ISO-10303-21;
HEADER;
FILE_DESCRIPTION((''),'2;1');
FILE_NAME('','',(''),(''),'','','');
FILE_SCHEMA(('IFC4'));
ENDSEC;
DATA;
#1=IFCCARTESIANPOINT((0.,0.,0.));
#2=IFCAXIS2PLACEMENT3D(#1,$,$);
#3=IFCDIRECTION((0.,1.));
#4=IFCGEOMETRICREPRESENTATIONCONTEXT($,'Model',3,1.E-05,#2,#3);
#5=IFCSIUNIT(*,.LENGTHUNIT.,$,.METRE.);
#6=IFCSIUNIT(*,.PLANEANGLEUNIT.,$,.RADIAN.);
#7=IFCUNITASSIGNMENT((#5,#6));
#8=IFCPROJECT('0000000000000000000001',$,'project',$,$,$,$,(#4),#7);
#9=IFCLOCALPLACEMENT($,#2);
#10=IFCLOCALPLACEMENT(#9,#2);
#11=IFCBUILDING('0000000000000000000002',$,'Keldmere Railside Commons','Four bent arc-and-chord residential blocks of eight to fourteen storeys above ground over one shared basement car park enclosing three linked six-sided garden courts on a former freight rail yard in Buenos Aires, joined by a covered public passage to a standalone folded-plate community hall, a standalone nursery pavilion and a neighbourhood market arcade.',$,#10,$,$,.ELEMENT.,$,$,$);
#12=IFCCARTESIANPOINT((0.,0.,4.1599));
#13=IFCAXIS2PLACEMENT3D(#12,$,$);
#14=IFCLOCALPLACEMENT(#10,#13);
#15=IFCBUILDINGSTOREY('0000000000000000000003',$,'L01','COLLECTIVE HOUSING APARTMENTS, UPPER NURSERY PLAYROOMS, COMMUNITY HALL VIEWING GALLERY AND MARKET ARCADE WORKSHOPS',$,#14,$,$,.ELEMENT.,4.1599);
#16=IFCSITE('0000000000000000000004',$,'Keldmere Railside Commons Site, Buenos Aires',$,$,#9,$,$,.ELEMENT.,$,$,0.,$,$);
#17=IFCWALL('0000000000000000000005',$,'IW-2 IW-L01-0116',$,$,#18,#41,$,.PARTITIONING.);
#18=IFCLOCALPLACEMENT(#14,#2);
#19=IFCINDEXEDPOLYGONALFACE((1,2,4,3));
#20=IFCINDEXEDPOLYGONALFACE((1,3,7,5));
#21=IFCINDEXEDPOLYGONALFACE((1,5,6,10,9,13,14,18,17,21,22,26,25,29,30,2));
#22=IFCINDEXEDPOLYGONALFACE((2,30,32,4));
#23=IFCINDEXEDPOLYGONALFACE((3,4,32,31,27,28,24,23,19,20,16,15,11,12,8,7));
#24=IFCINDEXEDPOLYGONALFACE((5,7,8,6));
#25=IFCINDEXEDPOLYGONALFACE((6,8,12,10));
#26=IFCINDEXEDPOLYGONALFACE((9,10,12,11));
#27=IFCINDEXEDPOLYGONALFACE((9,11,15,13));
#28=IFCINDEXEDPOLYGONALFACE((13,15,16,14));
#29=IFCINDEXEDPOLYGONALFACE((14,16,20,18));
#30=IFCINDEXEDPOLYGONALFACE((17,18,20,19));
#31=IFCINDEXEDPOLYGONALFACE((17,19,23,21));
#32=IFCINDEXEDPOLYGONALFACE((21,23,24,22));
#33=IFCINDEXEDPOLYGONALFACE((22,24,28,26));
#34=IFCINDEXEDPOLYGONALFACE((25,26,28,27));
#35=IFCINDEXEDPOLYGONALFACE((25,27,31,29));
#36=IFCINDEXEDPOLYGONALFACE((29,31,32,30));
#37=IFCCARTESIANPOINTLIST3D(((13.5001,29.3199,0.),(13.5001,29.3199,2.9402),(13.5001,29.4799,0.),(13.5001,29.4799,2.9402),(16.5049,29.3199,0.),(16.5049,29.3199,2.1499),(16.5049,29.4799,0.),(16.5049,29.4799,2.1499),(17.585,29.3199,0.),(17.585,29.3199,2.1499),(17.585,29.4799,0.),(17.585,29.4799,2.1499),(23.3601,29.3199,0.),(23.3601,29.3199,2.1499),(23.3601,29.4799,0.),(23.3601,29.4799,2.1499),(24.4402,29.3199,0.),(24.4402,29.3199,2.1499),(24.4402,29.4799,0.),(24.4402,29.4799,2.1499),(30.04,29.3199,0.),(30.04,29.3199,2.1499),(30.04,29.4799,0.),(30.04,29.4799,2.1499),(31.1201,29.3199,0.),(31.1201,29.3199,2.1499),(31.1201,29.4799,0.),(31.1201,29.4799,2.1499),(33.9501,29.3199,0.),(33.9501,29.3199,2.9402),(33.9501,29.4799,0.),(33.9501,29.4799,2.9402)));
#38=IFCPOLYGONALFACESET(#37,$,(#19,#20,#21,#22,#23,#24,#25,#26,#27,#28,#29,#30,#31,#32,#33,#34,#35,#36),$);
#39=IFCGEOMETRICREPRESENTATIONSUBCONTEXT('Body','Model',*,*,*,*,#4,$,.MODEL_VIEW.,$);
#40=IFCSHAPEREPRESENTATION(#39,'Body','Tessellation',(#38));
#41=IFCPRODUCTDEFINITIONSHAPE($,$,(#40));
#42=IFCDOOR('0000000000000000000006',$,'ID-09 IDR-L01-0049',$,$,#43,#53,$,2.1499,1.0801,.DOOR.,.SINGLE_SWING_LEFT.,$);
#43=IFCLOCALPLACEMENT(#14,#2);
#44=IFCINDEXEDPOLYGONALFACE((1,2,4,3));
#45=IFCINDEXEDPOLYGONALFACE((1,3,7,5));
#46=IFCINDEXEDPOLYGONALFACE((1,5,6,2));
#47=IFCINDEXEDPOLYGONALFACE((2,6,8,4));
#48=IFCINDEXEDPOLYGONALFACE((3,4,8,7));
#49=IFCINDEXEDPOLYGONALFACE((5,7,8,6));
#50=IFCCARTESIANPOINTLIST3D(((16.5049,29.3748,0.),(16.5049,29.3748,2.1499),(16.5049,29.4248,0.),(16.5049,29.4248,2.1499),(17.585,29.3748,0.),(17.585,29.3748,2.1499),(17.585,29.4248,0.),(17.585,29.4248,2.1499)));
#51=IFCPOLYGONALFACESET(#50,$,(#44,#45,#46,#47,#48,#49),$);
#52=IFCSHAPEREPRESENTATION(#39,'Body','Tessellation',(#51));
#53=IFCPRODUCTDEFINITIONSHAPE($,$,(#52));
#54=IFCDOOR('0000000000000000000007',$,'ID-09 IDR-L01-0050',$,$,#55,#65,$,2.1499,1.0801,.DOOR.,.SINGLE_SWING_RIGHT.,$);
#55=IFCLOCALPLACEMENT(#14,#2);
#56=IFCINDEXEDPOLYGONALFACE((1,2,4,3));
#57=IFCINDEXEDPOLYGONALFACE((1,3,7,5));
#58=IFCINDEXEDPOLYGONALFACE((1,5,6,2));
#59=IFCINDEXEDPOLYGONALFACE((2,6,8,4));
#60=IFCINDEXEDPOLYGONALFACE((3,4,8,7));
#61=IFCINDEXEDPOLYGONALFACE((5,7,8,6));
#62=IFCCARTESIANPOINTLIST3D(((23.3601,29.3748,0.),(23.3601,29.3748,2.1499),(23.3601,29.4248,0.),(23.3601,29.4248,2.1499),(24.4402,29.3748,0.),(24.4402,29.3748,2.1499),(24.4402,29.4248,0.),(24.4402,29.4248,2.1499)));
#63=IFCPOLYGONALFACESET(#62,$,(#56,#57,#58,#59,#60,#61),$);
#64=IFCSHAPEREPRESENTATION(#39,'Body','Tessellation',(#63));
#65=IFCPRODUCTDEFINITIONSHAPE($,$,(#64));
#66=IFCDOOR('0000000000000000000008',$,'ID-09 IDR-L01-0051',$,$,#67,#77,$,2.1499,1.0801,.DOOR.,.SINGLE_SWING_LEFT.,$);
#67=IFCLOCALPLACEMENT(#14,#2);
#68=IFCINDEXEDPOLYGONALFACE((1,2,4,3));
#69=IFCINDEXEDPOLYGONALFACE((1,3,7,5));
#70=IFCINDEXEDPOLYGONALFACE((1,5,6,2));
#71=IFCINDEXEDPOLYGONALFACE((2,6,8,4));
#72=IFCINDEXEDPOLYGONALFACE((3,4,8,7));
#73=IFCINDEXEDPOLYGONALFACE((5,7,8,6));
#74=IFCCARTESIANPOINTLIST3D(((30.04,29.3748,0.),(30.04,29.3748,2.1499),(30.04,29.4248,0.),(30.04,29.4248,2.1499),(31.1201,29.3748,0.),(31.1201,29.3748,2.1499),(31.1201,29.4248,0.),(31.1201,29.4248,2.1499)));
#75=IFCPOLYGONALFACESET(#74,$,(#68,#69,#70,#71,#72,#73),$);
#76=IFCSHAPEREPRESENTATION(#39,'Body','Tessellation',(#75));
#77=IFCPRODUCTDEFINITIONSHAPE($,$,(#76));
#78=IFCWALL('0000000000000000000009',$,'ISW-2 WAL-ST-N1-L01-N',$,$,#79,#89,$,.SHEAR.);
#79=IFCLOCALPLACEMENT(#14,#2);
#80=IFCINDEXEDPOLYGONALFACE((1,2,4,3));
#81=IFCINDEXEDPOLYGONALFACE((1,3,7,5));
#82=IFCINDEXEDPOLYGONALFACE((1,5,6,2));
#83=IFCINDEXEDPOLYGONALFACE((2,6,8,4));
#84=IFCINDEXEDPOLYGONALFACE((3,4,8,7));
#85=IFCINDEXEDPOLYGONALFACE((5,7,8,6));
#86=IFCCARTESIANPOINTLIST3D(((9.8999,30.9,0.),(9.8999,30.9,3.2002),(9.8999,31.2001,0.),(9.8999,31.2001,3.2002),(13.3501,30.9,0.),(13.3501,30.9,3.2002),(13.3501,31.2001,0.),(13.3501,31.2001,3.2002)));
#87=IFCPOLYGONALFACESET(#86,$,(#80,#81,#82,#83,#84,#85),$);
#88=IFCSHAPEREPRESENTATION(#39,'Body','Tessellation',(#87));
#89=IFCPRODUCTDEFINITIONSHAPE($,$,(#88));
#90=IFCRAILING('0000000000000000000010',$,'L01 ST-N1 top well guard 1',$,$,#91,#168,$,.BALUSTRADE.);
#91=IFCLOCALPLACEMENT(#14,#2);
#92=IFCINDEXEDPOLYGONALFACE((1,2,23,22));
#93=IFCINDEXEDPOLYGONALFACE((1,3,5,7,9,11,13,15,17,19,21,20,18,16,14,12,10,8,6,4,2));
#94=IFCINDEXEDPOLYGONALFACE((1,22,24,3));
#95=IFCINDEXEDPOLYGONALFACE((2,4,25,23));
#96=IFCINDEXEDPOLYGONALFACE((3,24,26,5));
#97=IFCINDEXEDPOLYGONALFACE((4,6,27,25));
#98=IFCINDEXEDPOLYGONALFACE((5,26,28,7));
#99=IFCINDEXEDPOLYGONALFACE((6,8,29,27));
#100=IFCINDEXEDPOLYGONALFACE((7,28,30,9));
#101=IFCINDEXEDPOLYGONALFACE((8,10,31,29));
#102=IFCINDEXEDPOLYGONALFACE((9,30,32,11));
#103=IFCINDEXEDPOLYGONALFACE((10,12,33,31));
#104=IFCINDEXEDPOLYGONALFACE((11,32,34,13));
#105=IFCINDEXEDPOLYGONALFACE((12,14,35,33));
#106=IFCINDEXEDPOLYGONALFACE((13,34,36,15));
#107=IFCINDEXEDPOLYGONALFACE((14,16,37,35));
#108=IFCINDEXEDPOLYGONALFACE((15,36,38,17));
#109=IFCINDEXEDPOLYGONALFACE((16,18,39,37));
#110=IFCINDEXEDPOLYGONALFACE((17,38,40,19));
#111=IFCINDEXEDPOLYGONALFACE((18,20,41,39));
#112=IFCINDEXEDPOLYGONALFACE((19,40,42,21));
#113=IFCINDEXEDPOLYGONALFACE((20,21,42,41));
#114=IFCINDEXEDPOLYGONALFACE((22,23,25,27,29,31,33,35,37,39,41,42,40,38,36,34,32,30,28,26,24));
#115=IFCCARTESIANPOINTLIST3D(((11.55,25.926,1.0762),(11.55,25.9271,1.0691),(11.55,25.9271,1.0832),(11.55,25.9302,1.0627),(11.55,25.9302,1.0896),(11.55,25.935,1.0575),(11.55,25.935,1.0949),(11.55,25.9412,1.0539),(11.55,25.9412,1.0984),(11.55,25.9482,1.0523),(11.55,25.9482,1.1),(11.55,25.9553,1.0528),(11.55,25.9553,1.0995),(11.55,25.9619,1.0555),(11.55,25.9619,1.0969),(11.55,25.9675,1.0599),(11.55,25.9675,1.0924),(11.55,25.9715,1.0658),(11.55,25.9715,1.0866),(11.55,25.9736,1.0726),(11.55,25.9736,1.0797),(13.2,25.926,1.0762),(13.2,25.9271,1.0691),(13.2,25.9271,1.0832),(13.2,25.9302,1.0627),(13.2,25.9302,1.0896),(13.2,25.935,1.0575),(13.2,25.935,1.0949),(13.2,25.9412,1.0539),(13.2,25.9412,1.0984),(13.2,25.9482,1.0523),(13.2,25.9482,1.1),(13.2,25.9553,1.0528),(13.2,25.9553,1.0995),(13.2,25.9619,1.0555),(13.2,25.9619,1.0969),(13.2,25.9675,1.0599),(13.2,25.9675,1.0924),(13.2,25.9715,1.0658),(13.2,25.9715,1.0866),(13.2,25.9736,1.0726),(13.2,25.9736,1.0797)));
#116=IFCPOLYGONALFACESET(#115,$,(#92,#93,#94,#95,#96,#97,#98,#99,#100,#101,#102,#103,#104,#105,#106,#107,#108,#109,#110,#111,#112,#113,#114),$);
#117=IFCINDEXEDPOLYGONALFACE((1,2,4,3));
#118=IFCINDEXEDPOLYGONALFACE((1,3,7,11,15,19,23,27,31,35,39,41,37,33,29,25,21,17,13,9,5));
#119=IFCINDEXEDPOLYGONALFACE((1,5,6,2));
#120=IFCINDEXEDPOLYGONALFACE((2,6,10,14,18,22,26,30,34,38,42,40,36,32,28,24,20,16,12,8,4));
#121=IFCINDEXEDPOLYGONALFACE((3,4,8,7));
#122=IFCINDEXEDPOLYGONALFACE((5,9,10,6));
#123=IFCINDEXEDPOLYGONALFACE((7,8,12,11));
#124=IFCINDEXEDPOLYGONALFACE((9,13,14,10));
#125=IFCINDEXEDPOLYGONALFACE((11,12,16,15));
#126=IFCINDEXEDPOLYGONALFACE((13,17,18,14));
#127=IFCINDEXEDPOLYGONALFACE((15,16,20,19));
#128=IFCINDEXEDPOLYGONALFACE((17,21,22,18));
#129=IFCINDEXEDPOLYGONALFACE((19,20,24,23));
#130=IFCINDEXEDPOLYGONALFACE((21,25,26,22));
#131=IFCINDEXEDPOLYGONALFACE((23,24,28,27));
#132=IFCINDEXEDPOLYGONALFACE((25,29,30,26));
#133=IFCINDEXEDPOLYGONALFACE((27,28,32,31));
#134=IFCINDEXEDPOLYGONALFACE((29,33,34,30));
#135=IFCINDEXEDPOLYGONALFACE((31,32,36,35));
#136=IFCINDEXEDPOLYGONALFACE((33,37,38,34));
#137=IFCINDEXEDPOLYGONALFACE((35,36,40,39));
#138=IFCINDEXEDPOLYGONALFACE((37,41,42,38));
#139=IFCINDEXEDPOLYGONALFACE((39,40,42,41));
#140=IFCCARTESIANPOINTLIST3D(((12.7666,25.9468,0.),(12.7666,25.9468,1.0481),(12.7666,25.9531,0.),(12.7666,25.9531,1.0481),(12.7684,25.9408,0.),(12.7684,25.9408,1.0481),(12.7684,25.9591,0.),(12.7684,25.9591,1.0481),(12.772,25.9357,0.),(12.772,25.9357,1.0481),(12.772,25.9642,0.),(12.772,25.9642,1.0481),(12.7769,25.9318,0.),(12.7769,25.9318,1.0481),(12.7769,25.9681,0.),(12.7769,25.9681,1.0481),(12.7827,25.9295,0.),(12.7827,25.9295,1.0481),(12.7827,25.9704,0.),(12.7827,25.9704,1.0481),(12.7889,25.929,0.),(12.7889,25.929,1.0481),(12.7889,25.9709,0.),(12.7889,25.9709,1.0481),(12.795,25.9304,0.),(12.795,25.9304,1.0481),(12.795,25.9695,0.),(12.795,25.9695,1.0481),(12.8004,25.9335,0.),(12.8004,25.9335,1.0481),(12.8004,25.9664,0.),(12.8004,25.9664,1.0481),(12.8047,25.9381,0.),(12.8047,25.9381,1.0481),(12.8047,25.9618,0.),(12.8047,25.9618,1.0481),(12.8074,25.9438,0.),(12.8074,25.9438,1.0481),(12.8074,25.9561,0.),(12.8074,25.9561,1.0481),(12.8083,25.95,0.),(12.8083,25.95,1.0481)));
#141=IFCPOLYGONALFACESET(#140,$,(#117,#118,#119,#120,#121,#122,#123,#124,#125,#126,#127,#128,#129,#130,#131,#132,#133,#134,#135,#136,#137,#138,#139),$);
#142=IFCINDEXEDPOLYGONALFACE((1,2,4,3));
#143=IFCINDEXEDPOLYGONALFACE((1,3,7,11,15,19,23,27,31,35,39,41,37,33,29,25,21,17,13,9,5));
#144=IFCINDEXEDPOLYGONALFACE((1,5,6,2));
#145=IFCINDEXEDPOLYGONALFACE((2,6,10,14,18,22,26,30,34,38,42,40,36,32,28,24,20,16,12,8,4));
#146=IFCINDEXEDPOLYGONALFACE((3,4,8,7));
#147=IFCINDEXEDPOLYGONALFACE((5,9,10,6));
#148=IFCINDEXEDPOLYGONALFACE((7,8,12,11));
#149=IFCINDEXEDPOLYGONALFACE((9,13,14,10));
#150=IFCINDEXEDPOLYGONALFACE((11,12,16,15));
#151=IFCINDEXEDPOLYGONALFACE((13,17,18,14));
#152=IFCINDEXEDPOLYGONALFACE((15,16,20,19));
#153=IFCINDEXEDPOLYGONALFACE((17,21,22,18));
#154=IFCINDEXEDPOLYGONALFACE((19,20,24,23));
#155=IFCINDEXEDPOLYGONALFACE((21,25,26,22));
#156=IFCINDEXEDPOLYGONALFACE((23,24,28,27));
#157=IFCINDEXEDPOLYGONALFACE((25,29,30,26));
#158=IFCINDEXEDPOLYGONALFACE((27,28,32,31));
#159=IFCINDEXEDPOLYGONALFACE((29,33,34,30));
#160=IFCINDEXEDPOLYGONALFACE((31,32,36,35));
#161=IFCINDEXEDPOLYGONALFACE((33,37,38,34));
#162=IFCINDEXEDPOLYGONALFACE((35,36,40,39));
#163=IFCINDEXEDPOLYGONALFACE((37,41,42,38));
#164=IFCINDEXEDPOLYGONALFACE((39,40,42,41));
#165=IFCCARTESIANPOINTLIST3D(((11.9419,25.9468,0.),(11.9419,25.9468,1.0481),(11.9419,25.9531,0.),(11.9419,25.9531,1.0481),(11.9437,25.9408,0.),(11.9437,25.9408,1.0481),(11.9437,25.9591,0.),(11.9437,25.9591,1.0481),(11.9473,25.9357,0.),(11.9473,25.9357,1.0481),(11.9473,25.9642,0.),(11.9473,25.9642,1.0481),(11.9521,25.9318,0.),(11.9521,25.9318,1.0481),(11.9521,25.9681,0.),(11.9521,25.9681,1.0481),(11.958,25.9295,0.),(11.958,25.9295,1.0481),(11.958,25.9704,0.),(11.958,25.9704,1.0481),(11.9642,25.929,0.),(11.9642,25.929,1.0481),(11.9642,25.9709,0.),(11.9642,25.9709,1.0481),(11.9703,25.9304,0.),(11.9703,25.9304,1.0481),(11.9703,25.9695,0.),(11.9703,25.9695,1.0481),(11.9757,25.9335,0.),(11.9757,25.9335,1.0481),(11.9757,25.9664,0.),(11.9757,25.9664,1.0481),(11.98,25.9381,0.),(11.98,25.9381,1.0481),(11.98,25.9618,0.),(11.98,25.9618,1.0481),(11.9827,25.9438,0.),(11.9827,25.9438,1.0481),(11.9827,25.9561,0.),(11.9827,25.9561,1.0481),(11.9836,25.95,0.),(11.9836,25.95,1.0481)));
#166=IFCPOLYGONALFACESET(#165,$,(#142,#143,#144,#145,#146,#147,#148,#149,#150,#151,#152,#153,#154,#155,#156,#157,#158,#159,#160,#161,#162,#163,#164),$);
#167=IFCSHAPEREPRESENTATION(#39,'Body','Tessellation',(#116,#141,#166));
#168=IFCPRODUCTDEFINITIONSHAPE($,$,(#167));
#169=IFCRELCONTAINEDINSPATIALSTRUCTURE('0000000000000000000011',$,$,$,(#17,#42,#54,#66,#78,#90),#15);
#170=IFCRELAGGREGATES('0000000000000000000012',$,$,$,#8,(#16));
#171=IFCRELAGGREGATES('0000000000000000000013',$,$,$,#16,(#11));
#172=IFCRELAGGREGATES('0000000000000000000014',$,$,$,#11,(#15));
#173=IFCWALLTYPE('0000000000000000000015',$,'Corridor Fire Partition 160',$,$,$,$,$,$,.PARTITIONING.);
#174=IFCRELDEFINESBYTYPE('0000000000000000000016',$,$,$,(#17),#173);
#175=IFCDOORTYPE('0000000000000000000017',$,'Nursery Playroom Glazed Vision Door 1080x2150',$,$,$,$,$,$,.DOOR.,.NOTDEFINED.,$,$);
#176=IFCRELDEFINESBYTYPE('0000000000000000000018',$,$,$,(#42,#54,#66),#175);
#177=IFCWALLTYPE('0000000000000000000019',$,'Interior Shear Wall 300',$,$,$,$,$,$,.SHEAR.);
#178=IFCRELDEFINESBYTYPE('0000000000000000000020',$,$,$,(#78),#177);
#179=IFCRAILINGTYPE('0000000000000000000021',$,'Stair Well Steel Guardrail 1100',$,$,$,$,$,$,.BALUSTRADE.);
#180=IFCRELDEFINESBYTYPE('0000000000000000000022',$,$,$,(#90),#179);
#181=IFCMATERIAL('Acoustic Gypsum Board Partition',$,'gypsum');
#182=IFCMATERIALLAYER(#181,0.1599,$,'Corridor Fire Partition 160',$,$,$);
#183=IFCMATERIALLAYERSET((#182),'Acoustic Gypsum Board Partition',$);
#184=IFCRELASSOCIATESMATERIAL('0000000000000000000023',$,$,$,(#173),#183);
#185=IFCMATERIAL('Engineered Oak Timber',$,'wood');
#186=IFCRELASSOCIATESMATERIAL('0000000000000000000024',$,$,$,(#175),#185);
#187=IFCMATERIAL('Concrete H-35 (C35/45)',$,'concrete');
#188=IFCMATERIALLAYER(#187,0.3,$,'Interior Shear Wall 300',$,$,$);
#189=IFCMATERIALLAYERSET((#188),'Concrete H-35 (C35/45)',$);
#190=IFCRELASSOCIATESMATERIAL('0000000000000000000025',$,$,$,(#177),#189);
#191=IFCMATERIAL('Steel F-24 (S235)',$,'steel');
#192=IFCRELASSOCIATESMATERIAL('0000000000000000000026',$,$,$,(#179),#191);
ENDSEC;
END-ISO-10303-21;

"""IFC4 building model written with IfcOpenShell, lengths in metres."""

from ifc_helpers import new_model, si_unit, direction, frame, frame_2d, origin, origin_2d, place, context, subcontext, project, spatial, rectangle, circle, extrude, material, layer, layer_set, type_object, element, fill, save


model = new_model("IFC4")

# Units and contexts
model_context = context("Model", 3, precision=1e-05, world=origin(), true_north=direction((0.0, 1.0)))
body_context = subcontext(model_context, "Body", "Model", "MODEL_VIEW")
ifc_project = project(units=[si_unit("LENGTHUNIT", "METRE"), si_unit("PLANEANGLEUNIT", "RADIAN")], contexts=[model_context])

# Site, building, storey
site_placement = place(None, origin())
site = spatial("IfcSite", under=ifc_project, at=site_placement, Name="Keldmere Railside Commons Site, Buenos Aires", CompositionType="ELEMENT", RefElevation=0.0)
building_placement = place(site_placement, origin())
building = spatial("IfcBuilding", under=site, at=building_placement, Name="Keldmere Railside Commons", Description="Four bent arc-and-chord residential blocks of eight to fourteen storeys above ground over one shared basement car park enclosing three linked six-sided garden courts on a former freight rail yard in Buenos Aires, joined by a covered public passage to a standalone folded-plate community hall, a standalone nursery pavilion and a neighbourhood market arcade.", CompositionType="ELEMENT")
storey_placement = place(building_placement, frame((0.0, 0.0, 4.1599)))
storey = spatial("IfcBuildingStorey", under=building, at=storey_placement, Name="L01", Description="COLLECTIVE HOUSING APARTMENTS, UPPER NURSERY PLAYROOMS, COMMUNITY HALL VIEWING GALLERY AND MARKET ARCADE WORKSHOPS", CompositionType="ELEMENT", Elevation=4.1599)

# Shared definitions
ifc_material_1 = material(Name="Concrete H-35 (C35/45)", Category="concrete")

# Shared definitions
ifc_material_2 = material(Name="Steel F-24 (S235)", Category="steel")

# Shared definitions
ifc_material_3 = material(Name="Acoustic Gypsum Board Partition", Category="gypsum")

# Wall, openings, doors
ifc_layer_1 = layer(ifc_material_3, 0.1599, Name="Corridor Fire Partition 160")
ifc_layer_set_1 = layer_set([ifc_layer_1], Name="Acoustic Gypsum Board Partition")
wall_type_1 = type_object("IfcWallType", Name="Corridor Fire Partition 160", PredefinedType="PARTITIONING", material=ifc_layer_set_1)
ifc_material_4 = material(Name="Engineered Oak Timber", Category="wood")
door_type_1 = type_object("IfcDoorType", Name="Nursery Playroom Glazed Vision Door 1080x2150", OperationType="NOTDEFINED", PredefinedType="DOOR", material=ifc_material_4)
wall_1_placement = place(storey_placement, frame((13.5, 29.3999, 0.0), z_axis=(0.0, 0.0, 1.0), x_axis=(1.0, 0.0, 0.0)))
wall_1 = element("IfcWall", 1, at=wall_1_placement, inside=storey, type_object=wall_type_1, Name="IW-2 IW-L01-0116", PredefinedType="PARTITIONING", context=body_context, shape_type="SweptSolid", body=[
    extrude(rectangle(XDim=20.45, YDim=0.1599, at=frame_2d((10.2251, 0.0))), origin(), (0.0, 0.0, 1.0), 2.9402),
])
opening_1_placement = place(wall_1_placement, frame((3.0049, 0.0, 0.0)))
opening_1 = element("IfcOpeningElement", 2, at=opening_1_placement, cuts=wall_1, PredefinedType="OPENING", context=body_context, shape_type="SweptSolid", body=[
    extrude(rectangle(XDim=1.0801, YDim=2.1499, at=frame_2d((0.54, 1.075))), frame((0.0, 0.0898, 0.0), z_axis=(0.0, -1.0, 0.0), x_axis=(1.0, 0.0, 0.0)), (0.0, 0.0, 1.0), 0.1799),
])
opening_2_placement = place(wall_1_placement, frame((9.8601, 0.0, 0.0)))
opening_2 = element("IfcOpeningElement", 3, at=opening_2_placement, cuts=wall_1, PredefinedType="OPENING", context=body_context, shape_type="SweptSolid", body=[
    extrude(rectangle(XDim=1.0801, YDim=2.1499, at=frame_2d((0.54, 1.075))), frame((0.0, 0.0898, 0.0), z_axis=(0.0, -1.0, 0.0), x_axis=(1.0, 0.0, 0.0)), (0.0, 0.0, 1.0), 0.1799),
])
opening_3_placement = place(wall_1_placement, frame((16.54, 0.0, 0.0)))
opening_3 = element("IfcOpeningElement", 4, at=opening_3_placement, cuts=wall_1, PredefinedType="OPENING", context=body_context, shape_type="SweptSolid", body=[
    extrude(rectangle(XDim=1.0801, YDim=2.1499, at=frame_2d((0.54, 1.075))), frame((0.0, 0.0898, 0.0), z_axis=(0.0, -1.0, 0.0), x_axis=(1.0, 0.0, 0.0)), (0.0, 0.0, 1.0), 0.1799),
])
door_1_placement = place(opening_1_placement, origin())
door_1 = element("IfcDoor", 5, at=door_1_placement, inside=storey, type_object=door_type_1, Name="ID-09 IDR-L01-0049", OperationType="SINGLE_SWING_LEFT", OverallHeight=2.1499, OverallWidth=1.0801, PredefinedType="DOOR", context=body_context, shape_type="SweptSolid", body=[
    extrude(rectangle(XDim=1.0801, YDim=2.1499, at=frame_2d((0.54, 1.075))), frame((0.0, 0.0249, 0.0), z_axis=(0.0, -1.0, 0.0), x_axis=(1.0, 0.0, 0.0)), (0.0, 0.0, 1.0), 0.05),
])
fill(opening_1, door_1)
door_2_placement = place(opening_2_placement, origin())
door_2 = element("IfcDoor", 6, at=door_2_placement, inside=storey, type_object=door_type_1, Name="ID-09 IDR-L01-0050", OperationType="SINGLE_SWING_RIGHT", OverallHeight=2.1499, OverallWidth=1.0801, PredefinedType="DOOR", context=body_context, shape_type="SweptSolid", body=[
    extrude(rectangle(XDim=1.0801, YDim=2.1499, at=frame_2d((0.54, 1.075))), frame((0.0, 0.0249, 0.0), z_axis=(0.0, -1.0, 0.0), x_axis=(1.0, 0.0, 0.0)), (0.0, 0.0, 1.0), 0.05),
])
fill(opening_2, door_2)
door_3_placement = place(opening_3_placement, origin())
door_3 = element("IfcDoor", 7, at=door_3_placement, inside=storey, type_object=door_type_1, Name="ID-09 IDR-L01-0051", OperationType="SINGLE_SWING_LEFT", OverallHeight=2.1499, OverallWidth=1.0801, PredefinedType="DOOR", context=body_context, shape_type="SweptSolid", body=[
    extrude(rectangle(XDim=1.0801, YDim=2.1499, at=frame_2d((0.54, 1.075))), frame((0.0, 0.0249, 0.0), z_axis=(0.0, -1.0, 0.0), x_axis=(1.0, 0.0, 0.0)), (0.0, 0.0, 1.0), 0.05),
])
fill(opening_3, door_3)

# Shared definitions
ifc_layer_2 = layer(ifc_material_1, 0.3, Name="Interior Shear Wall 300")
ifc_layer_set_2 = layer_set([ifc_layer_2], Name="Concrete H-35 (C35/45)")
wall_type_2 = type_object("IfcWallType", Name="Interior Shear Wall 300", PredefinedType="SHEAR", material=ifc_layer_set_2)

# Wall
wall_2_placement = place(storey_placement, frame((9.8999, 31.05, 0.0), z_axis=(0.0, 0.0, 1.0), x_axis=(1.0, 0.0, 0.0)))
element("IfcWall", 8, at=wall_2_placement, inside=storey, type_object=wall_type_2, Name="ISW-2 WAL-ST-N1-L01-N", PredefinedType="SHEAR", context=body_context, shape_type="SweptSolid", body=[
    extrude(rectangle(XDim=3.4502, YDim=0.3, at=frame_2d((1.7251, 0.0))), origin(), (0.0, 0.0, 1.0), 3.2002),
])

# Railing
railing_type = type_object("IfcRailingType", Name="Stair Well Steel Guardrail 1100", PredefinedType="BALUSTRADE", material=ifc_material_2)
railing_1_placement = place(storey_placement, frame((13.2, 25.95, 0.0)))
element("IfcRailing", 9, at=railing_1_placement, inside=storey, type_object=railing_type, Name="L01 ST-N1 top well guard 1", PredefinedType="BALUSTRADE", context=body_context, shape_type="SweptSolid", body=[
    extrude(circle(Radius=0.0239, at=origin_2d()), frame((0.0, 0.0, 1.0762), z_axis=(-1.0, 0.0, 0.0), x_axis=(0.0, -1.0, 0.0)), (0.0, 0.0, 1.0), 1.6499),
    extrude(circle(Radius=0.021, at=origin_2d()), frame((-0.4126, 0.0, 0.0)), (0.0, 0.0, 1.0), 1.0481),
    extrude(circle(Radius=0.021, at=origin_2d()), frame((-1.2373, 0.0, 0.0)), (0.0, 0.0, 1.0), 1.0481),
])

save(model, "model.ifc")
